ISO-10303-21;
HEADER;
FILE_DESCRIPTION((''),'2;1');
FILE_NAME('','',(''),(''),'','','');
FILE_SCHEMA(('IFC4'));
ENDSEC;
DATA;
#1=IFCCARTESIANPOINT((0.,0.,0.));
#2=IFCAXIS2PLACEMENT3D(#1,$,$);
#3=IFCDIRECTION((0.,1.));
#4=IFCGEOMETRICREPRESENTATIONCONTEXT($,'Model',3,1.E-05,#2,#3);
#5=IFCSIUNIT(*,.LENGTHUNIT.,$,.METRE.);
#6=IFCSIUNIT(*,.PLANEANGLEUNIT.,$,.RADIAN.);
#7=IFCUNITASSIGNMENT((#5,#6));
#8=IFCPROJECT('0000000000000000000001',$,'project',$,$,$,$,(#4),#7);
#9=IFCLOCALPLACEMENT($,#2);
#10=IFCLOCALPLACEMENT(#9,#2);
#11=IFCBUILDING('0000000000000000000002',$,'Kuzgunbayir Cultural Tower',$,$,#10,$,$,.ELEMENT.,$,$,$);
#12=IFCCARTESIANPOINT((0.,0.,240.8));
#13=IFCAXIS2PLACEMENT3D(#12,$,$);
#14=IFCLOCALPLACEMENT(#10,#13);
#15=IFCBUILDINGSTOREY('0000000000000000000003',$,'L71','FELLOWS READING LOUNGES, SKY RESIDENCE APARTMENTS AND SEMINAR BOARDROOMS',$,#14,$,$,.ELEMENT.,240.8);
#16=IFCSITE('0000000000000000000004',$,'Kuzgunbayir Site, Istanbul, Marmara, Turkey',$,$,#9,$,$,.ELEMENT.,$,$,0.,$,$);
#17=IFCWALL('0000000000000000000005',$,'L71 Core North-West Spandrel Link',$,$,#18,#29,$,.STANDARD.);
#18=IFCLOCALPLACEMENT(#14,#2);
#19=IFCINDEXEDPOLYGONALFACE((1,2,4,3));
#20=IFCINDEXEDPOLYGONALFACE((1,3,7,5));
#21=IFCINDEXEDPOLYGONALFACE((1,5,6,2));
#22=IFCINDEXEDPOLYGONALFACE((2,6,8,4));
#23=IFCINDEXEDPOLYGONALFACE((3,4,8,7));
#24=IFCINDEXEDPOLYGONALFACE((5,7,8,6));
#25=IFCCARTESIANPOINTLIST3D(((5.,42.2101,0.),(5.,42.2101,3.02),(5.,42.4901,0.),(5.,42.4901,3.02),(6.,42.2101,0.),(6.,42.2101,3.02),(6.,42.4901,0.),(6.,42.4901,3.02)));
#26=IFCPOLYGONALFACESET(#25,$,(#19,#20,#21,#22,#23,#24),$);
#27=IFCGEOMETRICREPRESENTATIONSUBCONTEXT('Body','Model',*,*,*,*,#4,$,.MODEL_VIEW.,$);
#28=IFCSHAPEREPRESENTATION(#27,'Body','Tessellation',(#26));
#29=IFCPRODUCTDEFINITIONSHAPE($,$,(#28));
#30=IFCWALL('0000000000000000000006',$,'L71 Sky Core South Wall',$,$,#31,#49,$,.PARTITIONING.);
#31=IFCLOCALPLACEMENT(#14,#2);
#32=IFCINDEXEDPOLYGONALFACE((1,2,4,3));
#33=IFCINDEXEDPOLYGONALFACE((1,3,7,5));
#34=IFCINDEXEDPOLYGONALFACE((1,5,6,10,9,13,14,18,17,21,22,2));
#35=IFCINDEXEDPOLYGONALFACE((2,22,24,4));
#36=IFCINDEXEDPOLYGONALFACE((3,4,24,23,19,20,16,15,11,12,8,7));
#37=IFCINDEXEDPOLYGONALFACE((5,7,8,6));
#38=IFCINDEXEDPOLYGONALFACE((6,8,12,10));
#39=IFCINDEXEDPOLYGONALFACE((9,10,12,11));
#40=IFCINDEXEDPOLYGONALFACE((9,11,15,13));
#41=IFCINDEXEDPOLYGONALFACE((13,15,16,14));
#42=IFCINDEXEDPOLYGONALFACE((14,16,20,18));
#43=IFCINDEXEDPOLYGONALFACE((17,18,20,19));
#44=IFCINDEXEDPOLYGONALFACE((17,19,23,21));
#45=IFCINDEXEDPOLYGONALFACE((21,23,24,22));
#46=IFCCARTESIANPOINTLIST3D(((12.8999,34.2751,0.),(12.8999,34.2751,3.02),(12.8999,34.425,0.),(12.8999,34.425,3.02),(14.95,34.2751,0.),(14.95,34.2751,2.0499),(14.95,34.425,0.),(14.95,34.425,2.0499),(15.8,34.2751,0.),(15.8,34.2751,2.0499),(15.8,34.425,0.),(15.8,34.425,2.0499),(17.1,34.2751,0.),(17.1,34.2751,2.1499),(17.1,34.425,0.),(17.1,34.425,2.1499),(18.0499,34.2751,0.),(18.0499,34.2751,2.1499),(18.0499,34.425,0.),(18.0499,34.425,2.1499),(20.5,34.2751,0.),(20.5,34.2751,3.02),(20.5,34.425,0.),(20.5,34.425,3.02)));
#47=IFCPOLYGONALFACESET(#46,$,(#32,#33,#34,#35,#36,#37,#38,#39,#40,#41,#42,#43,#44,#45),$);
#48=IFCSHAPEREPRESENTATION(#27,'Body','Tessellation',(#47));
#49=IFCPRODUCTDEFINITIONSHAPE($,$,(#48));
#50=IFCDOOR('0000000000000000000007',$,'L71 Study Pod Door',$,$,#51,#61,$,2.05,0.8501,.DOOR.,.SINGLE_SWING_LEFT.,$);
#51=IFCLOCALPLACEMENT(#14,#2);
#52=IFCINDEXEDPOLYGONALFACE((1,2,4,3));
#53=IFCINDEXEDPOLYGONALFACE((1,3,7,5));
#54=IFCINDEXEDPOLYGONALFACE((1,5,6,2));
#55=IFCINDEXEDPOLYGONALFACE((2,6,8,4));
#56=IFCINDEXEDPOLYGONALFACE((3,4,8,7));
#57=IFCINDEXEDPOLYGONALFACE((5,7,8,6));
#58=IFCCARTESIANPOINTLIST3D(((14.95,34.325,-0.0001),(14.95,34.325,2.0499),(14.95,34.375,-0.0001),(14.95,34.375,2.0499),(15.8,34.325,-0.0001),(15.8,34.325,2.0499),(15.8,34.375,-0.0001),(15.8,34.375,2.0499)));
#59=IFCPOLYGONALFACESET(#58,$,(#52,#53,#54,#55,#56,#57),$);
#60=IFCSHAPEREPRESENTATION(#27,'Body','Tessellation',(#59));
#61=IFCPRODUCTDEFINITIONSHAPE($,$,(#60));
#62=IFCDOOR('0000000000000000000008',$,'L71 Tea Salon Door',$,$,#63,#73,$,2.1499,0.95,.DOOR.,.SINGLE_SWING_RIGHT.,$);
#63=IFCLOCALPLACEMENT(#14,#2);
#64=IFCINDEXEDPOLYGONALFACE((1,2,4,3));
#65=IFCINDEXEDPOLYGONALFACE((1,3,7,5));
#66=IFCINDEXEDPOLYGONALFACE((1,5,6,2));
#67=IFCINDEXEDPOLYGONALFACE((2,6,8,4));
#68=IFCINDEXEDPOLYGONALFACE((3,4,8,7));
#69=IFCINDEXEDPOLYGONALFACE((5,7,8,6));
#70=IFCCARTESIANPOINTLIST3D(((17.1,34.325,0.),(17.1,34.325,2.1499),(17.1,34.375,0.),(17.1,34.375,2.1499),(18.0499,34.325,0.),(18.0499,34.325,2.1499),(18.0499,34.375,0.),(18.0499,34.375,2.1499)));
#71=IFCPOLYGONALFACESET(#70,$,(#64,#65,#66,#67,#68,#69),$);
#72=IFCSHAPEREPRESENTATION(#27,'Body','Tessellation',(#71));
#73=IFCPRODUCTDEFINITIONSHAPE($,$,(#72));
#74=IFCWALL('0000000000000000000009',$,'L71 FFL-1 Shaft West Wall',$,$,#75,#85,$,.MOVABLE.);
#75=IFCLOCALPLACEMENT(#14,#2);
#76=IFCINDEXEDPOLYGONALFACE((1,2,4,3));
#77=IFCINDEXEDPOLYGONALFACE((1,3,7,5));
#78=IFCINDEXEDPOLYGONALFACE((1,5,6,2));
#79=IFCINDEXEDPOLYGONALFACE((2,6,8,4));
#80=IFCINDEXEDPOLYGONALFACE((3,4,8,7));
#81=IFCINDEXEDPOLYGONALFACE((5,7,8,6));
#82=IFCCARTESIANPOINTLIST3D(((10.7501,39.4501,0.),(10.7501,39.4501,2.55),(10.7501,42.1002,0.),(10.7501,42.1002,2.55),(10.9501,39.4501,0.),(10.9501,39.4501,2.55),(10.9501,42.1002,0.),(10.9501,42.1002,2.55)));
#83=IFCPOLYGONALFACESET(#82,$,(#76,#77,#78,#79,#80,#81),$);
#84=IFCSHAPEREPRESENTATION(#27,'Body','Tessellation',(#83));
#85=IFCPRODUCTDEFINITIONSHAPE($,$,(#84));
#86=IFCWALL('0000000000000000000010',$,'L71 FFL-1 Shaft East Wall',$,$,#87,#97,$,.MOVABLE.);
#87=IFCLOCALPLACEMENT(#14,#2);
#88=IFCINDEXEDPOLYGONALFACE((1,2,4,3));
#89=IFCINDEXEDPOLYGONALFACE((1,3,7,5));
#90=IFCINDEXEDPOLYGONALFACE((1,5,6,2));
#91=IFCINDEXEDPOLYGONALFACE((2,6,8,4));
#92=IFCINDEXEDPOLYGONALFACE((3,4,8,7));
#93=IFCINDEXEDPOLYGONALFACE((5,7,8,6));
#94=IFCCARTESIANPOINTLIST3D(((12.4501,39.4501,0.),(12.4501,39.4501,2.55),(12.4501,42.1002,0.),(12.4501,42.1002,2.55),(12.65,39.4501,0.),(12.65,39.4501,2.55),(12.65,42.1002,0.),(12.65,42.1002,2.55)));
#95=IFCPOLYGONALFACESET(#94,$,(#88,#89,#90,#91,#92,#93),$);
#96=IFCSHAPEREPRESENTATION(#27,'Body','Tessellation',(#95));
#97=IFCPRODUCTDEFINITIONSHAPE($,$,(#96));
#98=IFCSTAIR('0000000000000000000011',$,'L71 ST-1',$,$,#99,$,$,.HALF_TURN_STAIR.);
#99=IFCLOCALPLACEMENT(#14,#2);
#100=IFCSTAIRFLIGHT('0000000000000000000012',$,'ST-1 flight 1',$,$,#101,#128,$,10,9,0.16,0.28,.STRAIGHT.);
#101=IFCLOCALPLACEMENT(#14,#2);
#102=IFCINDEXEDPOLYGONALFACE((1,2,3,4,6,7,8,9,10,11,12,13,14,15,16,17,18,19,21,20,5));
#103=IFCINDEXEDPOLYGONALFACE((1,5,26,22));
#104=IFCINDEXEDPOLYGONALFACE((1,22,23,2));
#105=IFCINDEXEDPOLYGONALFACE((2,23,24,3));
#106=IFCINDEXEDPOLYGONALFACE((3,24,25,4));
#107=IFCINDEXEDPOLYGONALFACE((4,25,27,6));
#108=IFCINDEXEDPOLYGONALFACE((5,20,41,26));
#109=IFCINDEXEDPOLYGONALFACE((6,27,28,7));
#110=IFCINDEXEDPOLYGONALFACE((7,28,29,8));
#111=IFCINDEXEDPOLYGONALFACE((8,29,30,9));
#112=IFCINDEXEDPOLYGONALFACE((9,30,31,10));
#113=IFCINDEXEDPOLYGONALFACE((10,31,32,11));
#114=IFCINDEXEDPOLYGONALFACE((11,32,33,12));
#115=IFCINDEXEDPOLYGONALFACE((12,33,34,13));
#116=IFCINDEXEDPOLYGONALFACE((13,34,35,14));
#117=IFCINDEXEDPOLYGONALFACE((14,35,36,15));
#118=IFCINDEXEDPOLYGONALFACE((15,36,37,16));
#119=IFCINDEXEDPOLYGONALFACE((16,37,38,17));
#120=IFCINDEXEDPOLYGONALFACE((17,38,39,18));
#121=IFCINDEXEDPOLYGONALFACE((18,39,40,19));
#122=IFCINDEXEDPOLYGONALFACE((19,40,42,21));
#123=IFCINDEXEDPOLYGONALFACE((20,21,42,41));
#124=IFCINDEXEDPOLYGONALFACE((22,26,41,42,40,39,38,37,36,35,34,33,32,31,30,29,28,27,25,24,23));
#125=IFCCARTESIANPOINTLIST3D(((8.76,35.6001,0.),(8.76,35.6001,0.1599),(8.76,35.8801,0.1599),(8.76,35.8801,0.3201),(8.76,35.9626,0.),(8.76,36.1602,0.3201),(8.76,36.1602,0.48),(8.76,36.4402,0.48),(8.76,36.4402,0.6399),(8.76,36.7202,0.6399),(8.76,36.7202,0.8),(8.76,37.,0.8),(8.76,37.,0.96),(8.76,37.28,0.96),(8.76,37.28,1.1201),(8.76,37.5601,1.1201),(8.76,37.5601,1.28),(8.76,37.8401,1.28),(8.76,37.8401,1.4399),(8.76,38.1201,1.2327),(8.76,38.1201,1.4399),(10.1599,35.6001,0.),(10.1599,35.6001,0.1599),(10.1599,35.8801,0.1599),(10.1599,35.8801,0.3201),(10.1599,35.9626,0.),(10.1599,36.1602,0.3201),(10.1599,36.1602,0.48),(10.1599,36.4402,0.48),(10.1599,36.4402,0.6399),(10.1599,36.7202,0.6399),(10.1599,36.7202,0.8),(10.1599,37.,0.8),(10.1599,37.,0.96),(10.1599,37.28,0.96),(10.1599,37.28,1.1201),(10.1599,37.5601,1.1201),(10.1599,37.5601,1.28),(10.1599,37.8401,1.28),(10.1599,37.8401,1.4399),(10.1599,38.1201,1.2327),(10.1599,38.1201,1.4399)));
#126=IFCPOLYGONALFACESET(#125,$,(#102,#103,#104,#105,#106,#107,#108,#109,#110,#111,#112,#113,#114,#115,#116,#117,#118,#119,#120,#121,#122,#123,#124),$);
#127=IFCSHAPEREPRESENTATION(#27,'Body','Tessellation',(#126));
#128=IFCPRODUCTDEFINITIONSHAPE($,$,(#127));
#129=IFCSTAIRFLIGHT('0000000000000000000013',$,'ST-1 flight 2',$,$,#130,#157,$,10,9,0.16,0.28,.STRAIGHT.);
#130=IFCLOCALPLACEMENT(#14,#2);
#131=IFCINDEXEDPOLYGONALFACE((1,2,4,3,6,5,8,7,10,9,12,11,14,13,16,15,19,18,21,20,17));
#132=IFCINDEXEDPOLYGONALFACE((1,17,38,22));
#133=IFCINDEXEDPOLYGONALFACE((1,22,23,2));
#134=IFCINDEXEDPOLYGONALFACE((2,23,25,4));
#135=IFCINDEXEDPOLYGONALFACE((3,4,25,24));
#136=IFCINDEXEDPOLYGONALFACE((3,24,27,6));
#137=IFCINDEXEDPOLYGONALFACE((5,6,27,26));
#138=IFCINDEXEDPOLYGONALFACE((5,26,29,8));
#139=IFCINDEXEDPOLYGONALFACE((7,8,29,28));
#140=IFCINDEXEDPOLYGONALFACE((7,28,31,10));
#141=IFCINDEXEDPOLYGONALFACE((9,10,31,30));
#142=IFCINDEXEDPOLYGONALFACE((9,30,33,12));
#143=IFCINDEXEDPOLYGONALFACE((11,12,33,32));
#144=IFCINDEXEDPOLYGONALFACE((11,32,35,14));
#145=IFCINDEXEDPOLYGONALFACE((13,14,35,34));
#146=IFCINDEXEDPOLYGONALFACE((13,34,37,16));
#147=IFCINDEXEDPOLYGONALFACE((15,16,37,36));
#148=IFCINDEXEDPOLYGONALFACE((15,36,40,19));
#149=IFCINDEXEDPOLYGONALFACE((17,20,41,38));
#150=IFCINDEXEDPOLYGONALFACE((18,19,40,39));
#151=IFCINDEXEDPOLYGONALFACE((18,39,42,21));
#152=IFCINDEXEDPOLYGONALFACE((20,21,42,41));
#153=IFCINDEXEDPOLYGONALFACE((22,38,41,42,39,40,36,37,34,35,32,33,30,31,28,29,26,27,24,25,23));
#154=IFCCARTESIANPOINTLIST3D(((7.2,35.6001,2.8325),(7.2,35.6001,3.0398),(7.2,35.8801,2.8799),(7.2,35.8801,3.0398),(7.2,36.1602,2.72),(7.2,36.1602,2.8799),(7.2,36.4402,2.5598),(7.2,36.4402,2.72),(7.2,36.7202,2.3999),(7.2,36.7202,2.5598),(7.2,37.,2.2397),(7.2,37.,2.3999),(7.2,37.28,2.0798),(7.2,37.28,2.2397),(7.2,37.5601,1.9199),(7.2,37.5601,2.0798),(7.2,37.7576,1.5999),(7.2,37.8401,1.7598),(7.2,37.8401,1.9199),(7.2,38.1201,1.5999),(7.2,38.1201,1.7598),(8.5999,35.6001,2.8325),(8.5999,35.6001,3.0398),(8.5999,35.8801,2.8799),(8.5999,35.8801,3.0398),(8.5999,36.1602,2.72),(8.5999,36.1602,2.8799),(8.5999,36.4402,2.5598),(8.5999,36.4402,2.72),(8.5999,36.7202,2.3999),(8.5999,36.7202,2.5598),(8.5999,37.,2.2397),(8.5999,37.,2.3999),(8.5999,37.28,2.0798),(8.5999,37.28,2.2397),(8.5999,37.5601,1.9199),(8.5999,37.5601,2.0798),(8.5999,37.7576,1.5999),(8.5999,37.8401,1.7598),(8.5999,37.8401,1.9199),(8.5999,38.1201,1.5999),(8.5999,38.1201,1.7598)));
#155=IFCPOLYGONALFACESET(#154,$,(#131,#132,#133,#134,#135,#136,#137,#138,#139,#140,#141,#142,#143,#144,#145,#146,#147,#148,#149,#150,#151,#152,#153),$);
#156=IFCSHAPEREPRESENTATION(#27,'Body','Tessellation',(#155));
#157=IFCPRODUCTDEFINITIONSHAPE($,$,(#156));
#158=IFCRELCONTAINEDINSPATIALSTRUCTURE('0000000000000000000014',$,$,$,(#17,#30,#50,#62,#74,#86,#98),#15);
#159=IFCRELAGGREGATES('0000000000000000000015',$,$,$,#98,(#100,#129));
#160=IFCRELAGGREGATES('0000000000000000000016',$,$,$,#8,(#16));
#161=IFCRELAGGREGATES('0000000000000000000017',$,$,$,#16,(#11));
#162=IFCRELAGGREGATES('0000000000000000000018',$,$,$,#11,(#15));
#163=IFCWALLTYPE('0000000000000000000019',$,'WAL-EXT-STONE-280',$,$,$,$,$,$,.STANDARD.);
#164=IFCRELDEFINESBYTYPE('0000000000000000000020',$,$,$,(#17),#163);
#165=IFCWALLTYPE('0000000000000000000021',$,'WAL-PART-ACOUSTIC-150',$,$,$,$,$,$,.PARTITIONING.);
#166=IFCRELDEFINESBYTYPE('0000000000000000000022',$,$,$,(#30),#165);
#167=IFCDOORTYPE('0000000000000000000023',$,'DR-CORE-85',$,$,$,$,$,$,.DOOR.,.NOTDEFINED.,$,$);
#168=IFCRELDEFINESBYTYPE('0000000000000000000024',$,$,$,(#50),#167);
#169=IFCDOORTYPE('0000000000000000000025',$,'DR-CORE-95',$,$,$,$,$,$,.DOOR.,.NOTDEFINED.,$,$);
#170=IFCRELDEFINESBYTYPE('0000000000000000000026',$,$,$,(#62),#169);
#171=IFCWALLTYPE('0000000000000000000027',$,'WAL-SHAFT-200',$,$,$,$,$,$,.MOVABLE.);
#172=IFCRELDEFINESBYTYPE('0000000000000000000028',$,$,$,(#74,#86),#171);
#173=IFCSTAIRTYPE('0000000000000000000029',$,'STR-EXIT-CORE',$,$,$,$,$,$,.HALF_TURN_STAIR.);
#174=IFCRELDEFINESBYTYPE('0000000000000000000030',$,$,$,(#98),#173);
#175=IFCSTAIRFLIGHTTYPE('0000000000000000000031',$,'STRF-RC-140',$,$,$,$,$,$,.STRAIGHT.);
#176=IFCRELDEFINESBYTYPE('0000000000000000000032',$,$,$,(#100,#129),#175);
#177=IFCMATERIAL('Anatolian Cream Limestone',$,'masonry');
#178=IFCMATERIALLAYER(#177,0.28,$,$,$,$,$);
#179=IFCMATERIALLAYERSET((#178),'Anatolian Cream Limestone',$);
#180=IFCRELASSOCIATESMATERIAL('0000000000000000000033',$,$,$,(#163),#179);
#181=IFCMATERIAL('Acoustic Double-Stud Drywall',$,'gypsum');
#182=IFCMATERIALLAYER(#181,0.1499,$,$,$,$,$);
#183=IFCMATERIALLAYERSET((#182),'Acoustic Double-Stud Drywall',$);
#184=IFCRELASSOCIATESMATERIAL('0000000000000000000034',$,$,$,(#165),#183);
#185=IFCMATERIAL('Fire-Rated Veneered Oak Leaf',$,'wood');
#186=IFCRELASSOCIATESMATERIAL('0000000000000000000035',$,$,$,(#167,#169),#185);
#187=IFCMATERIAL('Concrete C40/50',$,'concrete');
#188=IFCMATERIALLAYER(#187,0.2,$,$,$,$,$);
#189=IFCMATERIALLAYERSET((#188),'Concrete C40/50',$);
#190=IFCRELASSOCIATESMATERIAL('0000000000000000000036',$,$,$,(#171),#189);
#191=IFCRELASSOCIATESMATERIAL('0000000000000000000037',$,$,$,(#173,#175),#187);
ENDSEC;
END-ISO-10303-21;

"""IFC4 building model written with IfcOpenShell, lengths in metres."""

from ifc_helpers import new_model, si_unit, direction, frame, frame_2d, origin, place, context, subcontext, project, spatial, polyline, rectangle, outline, extrude, material, layer, layer_set, type_object, element, fill, aggregate, save


model = new_model("IFC4")

# Units and contexts
model_context = context("Model", 3, precision=1e-05, world=origin(), true_north=direction((0.0, 1.0)))
body_context = subcontext(model_context, "Body", "Model", "MODEL_VIEW")
ifc_project = project(units=[si_unit("LENGTHUNIT", "METRE"), si_unit("PLANEANGLEUNIT", "RADIAN")], contexts=[model_context])

# Site, building, storey
site_placement = place(None, origin())
site = spatial("IfcSite", under=ifc_project, at=site_placement, Name="Kuzgunbayir Site, Istanbul, Marmara, Turkey", CompositionType="ELEMENT", RefElevation=0.0)
building_placement = place(site_placement, origin())
building = spatial("IfcBuilding", under=site, at=building_placement, Name="Kuzgunbayir Cultural Tower", CompositionType="ELEMENT")
storey_placement = place(building_placement, frame((0.0, 0.0, 240.8)))
storey = spatial("IfcBuildingStorey", under=building, at=storey_placement, Name="L71", Description="FELLOWS READING LOUNGES, SKY RESIDENCE APARTMENTS AND SEMINAR BOARDROOMS", CompositionType="ELEMENT", Elevation=240.8)

# Shared definitions
ifc_material_1 = material(Name="Anatolian Cream Limestone", Category="masonry")
ifc_layer_1 = layer(ifc_material_1, 0.28)
ifc_layer_set_1 = layer_set([ifc_layer_1], Name="Anatolian Cream Limestone")
wall_type_1 = type_object("IfcWallType", Name="WAL-EXT-STONE-280", PredefinedType="STANDARD", material=ifc_layer_set_1)

# Wall
wall_1_placement = place(storey_placement, frame((6.0, 42.3501, 0.0), z_axis=(0.0, 0.0, 1.0), x_axis=(-1.0, 0.0, 0.0)))
element("IfcWall", 1, at=wall_1_placement, inside=storey, type_object=wall_type_1, Name="L71 Core North-West Spandrel Link", PredefinedType="STANDARD", context=body_context, shape_type="SweptSolid", body=[
    extrude(rectangle(XDim=1.0, YDim=0.28, at=frame_2d((0.5, 0.0))), origin(), (0.0, 0.0, 1.0), 3.02),
])

# Wall, openings, doors
ifc_material_2 = material(Name="Acoustic Double-Stud Drywall", Category="gypsum")
ifc_layer_2 = layer(ifc_material_2, 0.1499)
ifc_layer_set_2 = layer_set([ifc_layer_2], Name="Acoustic Double-Stud Drywall")
wall_type_2 = type_object("IfcWallType", Name="WAL-PART-ACOUSTIC-150", PredefinedType="PARTITIONING", material=ifc_layer_set_2)
wall_2_placement = place(storey_placement, frame((12.8999, 34.3501, 0.0), z_axis=(0.0, 0.0, 1.0), x_axis=(1.0, 0.0, 0.0)))
wall_2 = element("IfcWall", 2, at=wall_2_placement, inside=storey, type_object=wall_type_2, Name="L71 Sky Core South Wall", PredefinedType="PARTITIONING", context=body_context, shape_type="SweptSolid", body=[
    extrude(rectangle(XDim=7.6001, YDim=0.1499, at=frame_2d((3.8, 0.0))), origin(), (0.0, 0.0, 1.0), 3.02),
])
opening_1_placement = place(wall_2_placement, frame((2.05, 0.0, 0.0)))
opening_1 = element("IfcOpeningElement", 3, at=opening_1_placement, cuts=wall_2, PredefinedType="OPENING", context=body_context, shape_type="SweptSolid", body=[
    extrude(rectangle(XDim=0.8501, YDim=2.05, at=frame_2d((0.425, 1.0249))), frame((0.0, 0.085, 0.0), z_axis=(0.0, -1.0, 0.0), x_axis=(1.0, 0.0, 0.0)), (0.0, 0.0, 1.0), 0.1699),
])
opening_2_placement = place(wall_2_placement, frame((4.2, 0.0, 0.0)))
opening_2 = element("IfcOpeningElement", 4, at=opening_2_placement, cuts=wall_2, PredefinedType="OPENING", context=body_context, shape_type="SweptSolid", body=[
    extrude(rectangle(XDim=0.95, YDim=2.1499, at=frame_2d((0.4751, 1.075))), frame((0.0, 0.085, 0.0), z_axis=(0.0, -1.0, 0.0), x_axis=(1.0, 0.0, 0.0)), (0.0, 0.0, 1.0), 0.1699),
])
ifc_material_3 = material(Name="Fire-Rated Veneered Oak Leaf", Category="wood")
door_type_1 = type_object("IfcDoorType", Name="DR-CORE-85", OperationType="NOTDEFINED", PredefinedType="DOOR", material=ifc_material_3)
door_1_placement = place(opening_1_placement, origin())
door_1 = element("IfcDoor", 5, at=door_1_placement, inside=storey, type_object=door_type_1, Name="L71 Study Pod Door", OperationType="SINGLE_SWING_LEFT", OverallHeight=2.05, OverallWidth=0.8501, PredefinedType="DOOR", context=body_context, shape_type="SweptSolid", body=[
    extrude(rectangle(XDim=0.8501, YDim=2.05, at=frame_2d((0.425, 1.0249))), frame((0.0, 0.0249, 0.0), z_axis=(0.0, -1.0, 0.0), x_axis=(1.0, 0.0, 0.0)), (0.0, 0.0, 1.0), 0.05),
])
fill(opening_1, door_1)
door_type_2 = type_object("IfcDoorType", Name="DR-CORE-95", OperationType="NOTDEFINED", PredefinedType="DOOR", material=ifc_material_3)
door_2_placement = place(opening_2_placement, origin())
door_2 = element("IfcDoor", 6, at=door_2_placement, inside=storey, type_object=door_type_2, Name="L71 Tea Salon Door", OperationType="SINGLE_SWING_RIGHT", OverallHeight=2.1499, OverallWidth=0.95, PredefinedType="DOOR", context=body_context, shape_type="SweptSolid", body=[
    extrude(rectangle(XDim=0.95, YDim=2.1499, at=frame_2d((0.4751, 1.075))), frame((0.0, 0.0249, 0.0), z_axis=(0.0, -1.0, 0.0), x_axis=(1.0, 0.0, 0.0)), (0.0, 0.0, 1.0), 0.05),
])
fill(opening_2, door_2)

# Shared definitions
ifc_material_4 = material(Name="Concrete C40/50", Category="concrete")
ifc_layer_3 = layer(ifc_material_4, 0.2)
ifc_layer_set_3 = layer_set([ifc_layer_3], Name="Concrete C40/50")
wall_type_3 = type_object("IfcWallType", Name="WAL-SHAFT-200", PredefinedType="MOVABLE", material=ifc_layer_set_3)

# Walls
for number, where, z_axis, x_axis, name in (
    (7, (10.8501, 39.45, 0.0), (0.0, 0.0, 1.0), (0.0, 1.0, 0.0), "L71 FFL-1 Shaft West Wall"),
    (8, (12.55, 39.45, 0.0), (0.0, 0.0, 1.0), (0.0, 1.0, 0.0), "L71 FFL-1 Shaft East Wall"),
):
    element("IfcWall", number, at=place(storey_placement, frame(where, z_axis=z_axis, x_axis=x_axis)), inside=storey, type_object=wall_type_3, Name=name, PredefinedType="MOVABLE", context=body_context, shape_type="SweptSolid", body=[
        extrude(rectangle(XDim=2.6501, YDim=0.2, at=frame_2d((1.3252, 0.0))), origin(), (0.0, 0.0, 1.0), 2.55),
    ])

# Stair, stair flights
stair_type = type_object("IfcStairType", Name="STR-EXIT-CORE", PredefinedType="HALF_TURN_STAIR", material=ifc_material_4)
stair_placement = place(storey_placement, origin())
stair = element("IfcStair", 9, at=stair_placement, inside=storey, type_object=stair_type, Name="L71 ST-1", PredefinedType="HALF_TURN_STAIR")
stair_flight_type = type_object("IfcStairFlightType", Name="STRF-RC-140", PredefinedType="STRAIGHT", material=ifc_material_4)
stair_flight_1_placement = place(storey_placement, frame((9.46, 35.6001, 0.0), z_axis=(0.0, 0.0, 1.0), x_axis=(0.0, 1.0, 0.0)))
stair_flight_1 = element("IfcStairFlight", 10, at=stair_flight_1_placement, type_object=stair_flight_type, Name="ST-1 flight 1", NumberOfRisers=10, NumberOfTreads=9, PredefinedType="STRAIGHT", RiserHeight=0.16, TreadLength=0.28, context=body_context, shape_type="SweptSolid", body=[
    extrude(outline(polyline([(0.0, 0.0), (0.0, 0.1599), (0.28, 0.1599), (0.28, 0.3201), (0.5601, 0.3201), (0.5601, 0.48), (0.8401, 0.48), (0.8401, 0.6399), (1.1201, 0.6399), (1.1201, 0.8), (1.3999, 0.8), (1.3999, 0.96), (1.6799, 0.96), (1.6799, 1.1201), (1.96, 1.1201), (1.96, 1.28), (2.24, 1.28), (2.24, 1.4399), (2.52, 1.4399), (2.52, 1.6001), (2.52, 1.2327), (0.3625, 0.0), (0.0, 0.0)])), frame((0.0, 0.7, 0.0), z_axis=(0.0, -1.0, 0.0), x_axis=(1.0, 0.0, 0.0)), (0.0, 0.0, 1.0), 1.3999),
])
stair_flight_2_placement = place(storey_placement, frame((7.8999, 38.1201, 1.5999), z_axis=(0.0, 0.0, 1.0), x_axis=(0.0, -1.0, 0.0)))
stair_flight_2 = element("IfcStairFlight", 11, at=stair_flight_2_placement, type_object=stair_flight_type, Name="ST-1 flight 2", NumberOfRisers=10, NumberOfTreads=9, PredefinedType="STRAIGHT", RiserHeight=0.16, TreadLength=0.28, context=body_context, shape_type="SweptSolid", body=[
    extrude(outline(polyline([(0.0, 0.0), (0.0, 0.1599), (0.28, 0.1599), (0.28, 0.3201), (0.5601, 0.3201), (0.5601, 0.48), (0.8401, 0.48), (0.8401, 0.6399), (1.1201, 0.6399), (1.1201, 0.8), (1.3999, 0.8), (1.3999, 0.96), (1.6799, 0.96), (1.6799, 1.1201), (1.96, 1.1201), (1.96, 1.28), (2.24, 1.28), (2.24, 1.4399), (2.52, 1.4399), (2.52, 1.6001), (2.52, 1.2327), (0.3625, 0.0), (0.0, 0.0)])), frame((0.0, 0.7, 0.0), z_axis=(0.0, -1.0, 0.0), x_axis=(1.0, 0.0, 0.0)), (0.0, 0.0, 1.0), 1.3999),
])
aggregate(stair, [stair_flight_1, stair_flight_2])

save(model, "model.ifc")
